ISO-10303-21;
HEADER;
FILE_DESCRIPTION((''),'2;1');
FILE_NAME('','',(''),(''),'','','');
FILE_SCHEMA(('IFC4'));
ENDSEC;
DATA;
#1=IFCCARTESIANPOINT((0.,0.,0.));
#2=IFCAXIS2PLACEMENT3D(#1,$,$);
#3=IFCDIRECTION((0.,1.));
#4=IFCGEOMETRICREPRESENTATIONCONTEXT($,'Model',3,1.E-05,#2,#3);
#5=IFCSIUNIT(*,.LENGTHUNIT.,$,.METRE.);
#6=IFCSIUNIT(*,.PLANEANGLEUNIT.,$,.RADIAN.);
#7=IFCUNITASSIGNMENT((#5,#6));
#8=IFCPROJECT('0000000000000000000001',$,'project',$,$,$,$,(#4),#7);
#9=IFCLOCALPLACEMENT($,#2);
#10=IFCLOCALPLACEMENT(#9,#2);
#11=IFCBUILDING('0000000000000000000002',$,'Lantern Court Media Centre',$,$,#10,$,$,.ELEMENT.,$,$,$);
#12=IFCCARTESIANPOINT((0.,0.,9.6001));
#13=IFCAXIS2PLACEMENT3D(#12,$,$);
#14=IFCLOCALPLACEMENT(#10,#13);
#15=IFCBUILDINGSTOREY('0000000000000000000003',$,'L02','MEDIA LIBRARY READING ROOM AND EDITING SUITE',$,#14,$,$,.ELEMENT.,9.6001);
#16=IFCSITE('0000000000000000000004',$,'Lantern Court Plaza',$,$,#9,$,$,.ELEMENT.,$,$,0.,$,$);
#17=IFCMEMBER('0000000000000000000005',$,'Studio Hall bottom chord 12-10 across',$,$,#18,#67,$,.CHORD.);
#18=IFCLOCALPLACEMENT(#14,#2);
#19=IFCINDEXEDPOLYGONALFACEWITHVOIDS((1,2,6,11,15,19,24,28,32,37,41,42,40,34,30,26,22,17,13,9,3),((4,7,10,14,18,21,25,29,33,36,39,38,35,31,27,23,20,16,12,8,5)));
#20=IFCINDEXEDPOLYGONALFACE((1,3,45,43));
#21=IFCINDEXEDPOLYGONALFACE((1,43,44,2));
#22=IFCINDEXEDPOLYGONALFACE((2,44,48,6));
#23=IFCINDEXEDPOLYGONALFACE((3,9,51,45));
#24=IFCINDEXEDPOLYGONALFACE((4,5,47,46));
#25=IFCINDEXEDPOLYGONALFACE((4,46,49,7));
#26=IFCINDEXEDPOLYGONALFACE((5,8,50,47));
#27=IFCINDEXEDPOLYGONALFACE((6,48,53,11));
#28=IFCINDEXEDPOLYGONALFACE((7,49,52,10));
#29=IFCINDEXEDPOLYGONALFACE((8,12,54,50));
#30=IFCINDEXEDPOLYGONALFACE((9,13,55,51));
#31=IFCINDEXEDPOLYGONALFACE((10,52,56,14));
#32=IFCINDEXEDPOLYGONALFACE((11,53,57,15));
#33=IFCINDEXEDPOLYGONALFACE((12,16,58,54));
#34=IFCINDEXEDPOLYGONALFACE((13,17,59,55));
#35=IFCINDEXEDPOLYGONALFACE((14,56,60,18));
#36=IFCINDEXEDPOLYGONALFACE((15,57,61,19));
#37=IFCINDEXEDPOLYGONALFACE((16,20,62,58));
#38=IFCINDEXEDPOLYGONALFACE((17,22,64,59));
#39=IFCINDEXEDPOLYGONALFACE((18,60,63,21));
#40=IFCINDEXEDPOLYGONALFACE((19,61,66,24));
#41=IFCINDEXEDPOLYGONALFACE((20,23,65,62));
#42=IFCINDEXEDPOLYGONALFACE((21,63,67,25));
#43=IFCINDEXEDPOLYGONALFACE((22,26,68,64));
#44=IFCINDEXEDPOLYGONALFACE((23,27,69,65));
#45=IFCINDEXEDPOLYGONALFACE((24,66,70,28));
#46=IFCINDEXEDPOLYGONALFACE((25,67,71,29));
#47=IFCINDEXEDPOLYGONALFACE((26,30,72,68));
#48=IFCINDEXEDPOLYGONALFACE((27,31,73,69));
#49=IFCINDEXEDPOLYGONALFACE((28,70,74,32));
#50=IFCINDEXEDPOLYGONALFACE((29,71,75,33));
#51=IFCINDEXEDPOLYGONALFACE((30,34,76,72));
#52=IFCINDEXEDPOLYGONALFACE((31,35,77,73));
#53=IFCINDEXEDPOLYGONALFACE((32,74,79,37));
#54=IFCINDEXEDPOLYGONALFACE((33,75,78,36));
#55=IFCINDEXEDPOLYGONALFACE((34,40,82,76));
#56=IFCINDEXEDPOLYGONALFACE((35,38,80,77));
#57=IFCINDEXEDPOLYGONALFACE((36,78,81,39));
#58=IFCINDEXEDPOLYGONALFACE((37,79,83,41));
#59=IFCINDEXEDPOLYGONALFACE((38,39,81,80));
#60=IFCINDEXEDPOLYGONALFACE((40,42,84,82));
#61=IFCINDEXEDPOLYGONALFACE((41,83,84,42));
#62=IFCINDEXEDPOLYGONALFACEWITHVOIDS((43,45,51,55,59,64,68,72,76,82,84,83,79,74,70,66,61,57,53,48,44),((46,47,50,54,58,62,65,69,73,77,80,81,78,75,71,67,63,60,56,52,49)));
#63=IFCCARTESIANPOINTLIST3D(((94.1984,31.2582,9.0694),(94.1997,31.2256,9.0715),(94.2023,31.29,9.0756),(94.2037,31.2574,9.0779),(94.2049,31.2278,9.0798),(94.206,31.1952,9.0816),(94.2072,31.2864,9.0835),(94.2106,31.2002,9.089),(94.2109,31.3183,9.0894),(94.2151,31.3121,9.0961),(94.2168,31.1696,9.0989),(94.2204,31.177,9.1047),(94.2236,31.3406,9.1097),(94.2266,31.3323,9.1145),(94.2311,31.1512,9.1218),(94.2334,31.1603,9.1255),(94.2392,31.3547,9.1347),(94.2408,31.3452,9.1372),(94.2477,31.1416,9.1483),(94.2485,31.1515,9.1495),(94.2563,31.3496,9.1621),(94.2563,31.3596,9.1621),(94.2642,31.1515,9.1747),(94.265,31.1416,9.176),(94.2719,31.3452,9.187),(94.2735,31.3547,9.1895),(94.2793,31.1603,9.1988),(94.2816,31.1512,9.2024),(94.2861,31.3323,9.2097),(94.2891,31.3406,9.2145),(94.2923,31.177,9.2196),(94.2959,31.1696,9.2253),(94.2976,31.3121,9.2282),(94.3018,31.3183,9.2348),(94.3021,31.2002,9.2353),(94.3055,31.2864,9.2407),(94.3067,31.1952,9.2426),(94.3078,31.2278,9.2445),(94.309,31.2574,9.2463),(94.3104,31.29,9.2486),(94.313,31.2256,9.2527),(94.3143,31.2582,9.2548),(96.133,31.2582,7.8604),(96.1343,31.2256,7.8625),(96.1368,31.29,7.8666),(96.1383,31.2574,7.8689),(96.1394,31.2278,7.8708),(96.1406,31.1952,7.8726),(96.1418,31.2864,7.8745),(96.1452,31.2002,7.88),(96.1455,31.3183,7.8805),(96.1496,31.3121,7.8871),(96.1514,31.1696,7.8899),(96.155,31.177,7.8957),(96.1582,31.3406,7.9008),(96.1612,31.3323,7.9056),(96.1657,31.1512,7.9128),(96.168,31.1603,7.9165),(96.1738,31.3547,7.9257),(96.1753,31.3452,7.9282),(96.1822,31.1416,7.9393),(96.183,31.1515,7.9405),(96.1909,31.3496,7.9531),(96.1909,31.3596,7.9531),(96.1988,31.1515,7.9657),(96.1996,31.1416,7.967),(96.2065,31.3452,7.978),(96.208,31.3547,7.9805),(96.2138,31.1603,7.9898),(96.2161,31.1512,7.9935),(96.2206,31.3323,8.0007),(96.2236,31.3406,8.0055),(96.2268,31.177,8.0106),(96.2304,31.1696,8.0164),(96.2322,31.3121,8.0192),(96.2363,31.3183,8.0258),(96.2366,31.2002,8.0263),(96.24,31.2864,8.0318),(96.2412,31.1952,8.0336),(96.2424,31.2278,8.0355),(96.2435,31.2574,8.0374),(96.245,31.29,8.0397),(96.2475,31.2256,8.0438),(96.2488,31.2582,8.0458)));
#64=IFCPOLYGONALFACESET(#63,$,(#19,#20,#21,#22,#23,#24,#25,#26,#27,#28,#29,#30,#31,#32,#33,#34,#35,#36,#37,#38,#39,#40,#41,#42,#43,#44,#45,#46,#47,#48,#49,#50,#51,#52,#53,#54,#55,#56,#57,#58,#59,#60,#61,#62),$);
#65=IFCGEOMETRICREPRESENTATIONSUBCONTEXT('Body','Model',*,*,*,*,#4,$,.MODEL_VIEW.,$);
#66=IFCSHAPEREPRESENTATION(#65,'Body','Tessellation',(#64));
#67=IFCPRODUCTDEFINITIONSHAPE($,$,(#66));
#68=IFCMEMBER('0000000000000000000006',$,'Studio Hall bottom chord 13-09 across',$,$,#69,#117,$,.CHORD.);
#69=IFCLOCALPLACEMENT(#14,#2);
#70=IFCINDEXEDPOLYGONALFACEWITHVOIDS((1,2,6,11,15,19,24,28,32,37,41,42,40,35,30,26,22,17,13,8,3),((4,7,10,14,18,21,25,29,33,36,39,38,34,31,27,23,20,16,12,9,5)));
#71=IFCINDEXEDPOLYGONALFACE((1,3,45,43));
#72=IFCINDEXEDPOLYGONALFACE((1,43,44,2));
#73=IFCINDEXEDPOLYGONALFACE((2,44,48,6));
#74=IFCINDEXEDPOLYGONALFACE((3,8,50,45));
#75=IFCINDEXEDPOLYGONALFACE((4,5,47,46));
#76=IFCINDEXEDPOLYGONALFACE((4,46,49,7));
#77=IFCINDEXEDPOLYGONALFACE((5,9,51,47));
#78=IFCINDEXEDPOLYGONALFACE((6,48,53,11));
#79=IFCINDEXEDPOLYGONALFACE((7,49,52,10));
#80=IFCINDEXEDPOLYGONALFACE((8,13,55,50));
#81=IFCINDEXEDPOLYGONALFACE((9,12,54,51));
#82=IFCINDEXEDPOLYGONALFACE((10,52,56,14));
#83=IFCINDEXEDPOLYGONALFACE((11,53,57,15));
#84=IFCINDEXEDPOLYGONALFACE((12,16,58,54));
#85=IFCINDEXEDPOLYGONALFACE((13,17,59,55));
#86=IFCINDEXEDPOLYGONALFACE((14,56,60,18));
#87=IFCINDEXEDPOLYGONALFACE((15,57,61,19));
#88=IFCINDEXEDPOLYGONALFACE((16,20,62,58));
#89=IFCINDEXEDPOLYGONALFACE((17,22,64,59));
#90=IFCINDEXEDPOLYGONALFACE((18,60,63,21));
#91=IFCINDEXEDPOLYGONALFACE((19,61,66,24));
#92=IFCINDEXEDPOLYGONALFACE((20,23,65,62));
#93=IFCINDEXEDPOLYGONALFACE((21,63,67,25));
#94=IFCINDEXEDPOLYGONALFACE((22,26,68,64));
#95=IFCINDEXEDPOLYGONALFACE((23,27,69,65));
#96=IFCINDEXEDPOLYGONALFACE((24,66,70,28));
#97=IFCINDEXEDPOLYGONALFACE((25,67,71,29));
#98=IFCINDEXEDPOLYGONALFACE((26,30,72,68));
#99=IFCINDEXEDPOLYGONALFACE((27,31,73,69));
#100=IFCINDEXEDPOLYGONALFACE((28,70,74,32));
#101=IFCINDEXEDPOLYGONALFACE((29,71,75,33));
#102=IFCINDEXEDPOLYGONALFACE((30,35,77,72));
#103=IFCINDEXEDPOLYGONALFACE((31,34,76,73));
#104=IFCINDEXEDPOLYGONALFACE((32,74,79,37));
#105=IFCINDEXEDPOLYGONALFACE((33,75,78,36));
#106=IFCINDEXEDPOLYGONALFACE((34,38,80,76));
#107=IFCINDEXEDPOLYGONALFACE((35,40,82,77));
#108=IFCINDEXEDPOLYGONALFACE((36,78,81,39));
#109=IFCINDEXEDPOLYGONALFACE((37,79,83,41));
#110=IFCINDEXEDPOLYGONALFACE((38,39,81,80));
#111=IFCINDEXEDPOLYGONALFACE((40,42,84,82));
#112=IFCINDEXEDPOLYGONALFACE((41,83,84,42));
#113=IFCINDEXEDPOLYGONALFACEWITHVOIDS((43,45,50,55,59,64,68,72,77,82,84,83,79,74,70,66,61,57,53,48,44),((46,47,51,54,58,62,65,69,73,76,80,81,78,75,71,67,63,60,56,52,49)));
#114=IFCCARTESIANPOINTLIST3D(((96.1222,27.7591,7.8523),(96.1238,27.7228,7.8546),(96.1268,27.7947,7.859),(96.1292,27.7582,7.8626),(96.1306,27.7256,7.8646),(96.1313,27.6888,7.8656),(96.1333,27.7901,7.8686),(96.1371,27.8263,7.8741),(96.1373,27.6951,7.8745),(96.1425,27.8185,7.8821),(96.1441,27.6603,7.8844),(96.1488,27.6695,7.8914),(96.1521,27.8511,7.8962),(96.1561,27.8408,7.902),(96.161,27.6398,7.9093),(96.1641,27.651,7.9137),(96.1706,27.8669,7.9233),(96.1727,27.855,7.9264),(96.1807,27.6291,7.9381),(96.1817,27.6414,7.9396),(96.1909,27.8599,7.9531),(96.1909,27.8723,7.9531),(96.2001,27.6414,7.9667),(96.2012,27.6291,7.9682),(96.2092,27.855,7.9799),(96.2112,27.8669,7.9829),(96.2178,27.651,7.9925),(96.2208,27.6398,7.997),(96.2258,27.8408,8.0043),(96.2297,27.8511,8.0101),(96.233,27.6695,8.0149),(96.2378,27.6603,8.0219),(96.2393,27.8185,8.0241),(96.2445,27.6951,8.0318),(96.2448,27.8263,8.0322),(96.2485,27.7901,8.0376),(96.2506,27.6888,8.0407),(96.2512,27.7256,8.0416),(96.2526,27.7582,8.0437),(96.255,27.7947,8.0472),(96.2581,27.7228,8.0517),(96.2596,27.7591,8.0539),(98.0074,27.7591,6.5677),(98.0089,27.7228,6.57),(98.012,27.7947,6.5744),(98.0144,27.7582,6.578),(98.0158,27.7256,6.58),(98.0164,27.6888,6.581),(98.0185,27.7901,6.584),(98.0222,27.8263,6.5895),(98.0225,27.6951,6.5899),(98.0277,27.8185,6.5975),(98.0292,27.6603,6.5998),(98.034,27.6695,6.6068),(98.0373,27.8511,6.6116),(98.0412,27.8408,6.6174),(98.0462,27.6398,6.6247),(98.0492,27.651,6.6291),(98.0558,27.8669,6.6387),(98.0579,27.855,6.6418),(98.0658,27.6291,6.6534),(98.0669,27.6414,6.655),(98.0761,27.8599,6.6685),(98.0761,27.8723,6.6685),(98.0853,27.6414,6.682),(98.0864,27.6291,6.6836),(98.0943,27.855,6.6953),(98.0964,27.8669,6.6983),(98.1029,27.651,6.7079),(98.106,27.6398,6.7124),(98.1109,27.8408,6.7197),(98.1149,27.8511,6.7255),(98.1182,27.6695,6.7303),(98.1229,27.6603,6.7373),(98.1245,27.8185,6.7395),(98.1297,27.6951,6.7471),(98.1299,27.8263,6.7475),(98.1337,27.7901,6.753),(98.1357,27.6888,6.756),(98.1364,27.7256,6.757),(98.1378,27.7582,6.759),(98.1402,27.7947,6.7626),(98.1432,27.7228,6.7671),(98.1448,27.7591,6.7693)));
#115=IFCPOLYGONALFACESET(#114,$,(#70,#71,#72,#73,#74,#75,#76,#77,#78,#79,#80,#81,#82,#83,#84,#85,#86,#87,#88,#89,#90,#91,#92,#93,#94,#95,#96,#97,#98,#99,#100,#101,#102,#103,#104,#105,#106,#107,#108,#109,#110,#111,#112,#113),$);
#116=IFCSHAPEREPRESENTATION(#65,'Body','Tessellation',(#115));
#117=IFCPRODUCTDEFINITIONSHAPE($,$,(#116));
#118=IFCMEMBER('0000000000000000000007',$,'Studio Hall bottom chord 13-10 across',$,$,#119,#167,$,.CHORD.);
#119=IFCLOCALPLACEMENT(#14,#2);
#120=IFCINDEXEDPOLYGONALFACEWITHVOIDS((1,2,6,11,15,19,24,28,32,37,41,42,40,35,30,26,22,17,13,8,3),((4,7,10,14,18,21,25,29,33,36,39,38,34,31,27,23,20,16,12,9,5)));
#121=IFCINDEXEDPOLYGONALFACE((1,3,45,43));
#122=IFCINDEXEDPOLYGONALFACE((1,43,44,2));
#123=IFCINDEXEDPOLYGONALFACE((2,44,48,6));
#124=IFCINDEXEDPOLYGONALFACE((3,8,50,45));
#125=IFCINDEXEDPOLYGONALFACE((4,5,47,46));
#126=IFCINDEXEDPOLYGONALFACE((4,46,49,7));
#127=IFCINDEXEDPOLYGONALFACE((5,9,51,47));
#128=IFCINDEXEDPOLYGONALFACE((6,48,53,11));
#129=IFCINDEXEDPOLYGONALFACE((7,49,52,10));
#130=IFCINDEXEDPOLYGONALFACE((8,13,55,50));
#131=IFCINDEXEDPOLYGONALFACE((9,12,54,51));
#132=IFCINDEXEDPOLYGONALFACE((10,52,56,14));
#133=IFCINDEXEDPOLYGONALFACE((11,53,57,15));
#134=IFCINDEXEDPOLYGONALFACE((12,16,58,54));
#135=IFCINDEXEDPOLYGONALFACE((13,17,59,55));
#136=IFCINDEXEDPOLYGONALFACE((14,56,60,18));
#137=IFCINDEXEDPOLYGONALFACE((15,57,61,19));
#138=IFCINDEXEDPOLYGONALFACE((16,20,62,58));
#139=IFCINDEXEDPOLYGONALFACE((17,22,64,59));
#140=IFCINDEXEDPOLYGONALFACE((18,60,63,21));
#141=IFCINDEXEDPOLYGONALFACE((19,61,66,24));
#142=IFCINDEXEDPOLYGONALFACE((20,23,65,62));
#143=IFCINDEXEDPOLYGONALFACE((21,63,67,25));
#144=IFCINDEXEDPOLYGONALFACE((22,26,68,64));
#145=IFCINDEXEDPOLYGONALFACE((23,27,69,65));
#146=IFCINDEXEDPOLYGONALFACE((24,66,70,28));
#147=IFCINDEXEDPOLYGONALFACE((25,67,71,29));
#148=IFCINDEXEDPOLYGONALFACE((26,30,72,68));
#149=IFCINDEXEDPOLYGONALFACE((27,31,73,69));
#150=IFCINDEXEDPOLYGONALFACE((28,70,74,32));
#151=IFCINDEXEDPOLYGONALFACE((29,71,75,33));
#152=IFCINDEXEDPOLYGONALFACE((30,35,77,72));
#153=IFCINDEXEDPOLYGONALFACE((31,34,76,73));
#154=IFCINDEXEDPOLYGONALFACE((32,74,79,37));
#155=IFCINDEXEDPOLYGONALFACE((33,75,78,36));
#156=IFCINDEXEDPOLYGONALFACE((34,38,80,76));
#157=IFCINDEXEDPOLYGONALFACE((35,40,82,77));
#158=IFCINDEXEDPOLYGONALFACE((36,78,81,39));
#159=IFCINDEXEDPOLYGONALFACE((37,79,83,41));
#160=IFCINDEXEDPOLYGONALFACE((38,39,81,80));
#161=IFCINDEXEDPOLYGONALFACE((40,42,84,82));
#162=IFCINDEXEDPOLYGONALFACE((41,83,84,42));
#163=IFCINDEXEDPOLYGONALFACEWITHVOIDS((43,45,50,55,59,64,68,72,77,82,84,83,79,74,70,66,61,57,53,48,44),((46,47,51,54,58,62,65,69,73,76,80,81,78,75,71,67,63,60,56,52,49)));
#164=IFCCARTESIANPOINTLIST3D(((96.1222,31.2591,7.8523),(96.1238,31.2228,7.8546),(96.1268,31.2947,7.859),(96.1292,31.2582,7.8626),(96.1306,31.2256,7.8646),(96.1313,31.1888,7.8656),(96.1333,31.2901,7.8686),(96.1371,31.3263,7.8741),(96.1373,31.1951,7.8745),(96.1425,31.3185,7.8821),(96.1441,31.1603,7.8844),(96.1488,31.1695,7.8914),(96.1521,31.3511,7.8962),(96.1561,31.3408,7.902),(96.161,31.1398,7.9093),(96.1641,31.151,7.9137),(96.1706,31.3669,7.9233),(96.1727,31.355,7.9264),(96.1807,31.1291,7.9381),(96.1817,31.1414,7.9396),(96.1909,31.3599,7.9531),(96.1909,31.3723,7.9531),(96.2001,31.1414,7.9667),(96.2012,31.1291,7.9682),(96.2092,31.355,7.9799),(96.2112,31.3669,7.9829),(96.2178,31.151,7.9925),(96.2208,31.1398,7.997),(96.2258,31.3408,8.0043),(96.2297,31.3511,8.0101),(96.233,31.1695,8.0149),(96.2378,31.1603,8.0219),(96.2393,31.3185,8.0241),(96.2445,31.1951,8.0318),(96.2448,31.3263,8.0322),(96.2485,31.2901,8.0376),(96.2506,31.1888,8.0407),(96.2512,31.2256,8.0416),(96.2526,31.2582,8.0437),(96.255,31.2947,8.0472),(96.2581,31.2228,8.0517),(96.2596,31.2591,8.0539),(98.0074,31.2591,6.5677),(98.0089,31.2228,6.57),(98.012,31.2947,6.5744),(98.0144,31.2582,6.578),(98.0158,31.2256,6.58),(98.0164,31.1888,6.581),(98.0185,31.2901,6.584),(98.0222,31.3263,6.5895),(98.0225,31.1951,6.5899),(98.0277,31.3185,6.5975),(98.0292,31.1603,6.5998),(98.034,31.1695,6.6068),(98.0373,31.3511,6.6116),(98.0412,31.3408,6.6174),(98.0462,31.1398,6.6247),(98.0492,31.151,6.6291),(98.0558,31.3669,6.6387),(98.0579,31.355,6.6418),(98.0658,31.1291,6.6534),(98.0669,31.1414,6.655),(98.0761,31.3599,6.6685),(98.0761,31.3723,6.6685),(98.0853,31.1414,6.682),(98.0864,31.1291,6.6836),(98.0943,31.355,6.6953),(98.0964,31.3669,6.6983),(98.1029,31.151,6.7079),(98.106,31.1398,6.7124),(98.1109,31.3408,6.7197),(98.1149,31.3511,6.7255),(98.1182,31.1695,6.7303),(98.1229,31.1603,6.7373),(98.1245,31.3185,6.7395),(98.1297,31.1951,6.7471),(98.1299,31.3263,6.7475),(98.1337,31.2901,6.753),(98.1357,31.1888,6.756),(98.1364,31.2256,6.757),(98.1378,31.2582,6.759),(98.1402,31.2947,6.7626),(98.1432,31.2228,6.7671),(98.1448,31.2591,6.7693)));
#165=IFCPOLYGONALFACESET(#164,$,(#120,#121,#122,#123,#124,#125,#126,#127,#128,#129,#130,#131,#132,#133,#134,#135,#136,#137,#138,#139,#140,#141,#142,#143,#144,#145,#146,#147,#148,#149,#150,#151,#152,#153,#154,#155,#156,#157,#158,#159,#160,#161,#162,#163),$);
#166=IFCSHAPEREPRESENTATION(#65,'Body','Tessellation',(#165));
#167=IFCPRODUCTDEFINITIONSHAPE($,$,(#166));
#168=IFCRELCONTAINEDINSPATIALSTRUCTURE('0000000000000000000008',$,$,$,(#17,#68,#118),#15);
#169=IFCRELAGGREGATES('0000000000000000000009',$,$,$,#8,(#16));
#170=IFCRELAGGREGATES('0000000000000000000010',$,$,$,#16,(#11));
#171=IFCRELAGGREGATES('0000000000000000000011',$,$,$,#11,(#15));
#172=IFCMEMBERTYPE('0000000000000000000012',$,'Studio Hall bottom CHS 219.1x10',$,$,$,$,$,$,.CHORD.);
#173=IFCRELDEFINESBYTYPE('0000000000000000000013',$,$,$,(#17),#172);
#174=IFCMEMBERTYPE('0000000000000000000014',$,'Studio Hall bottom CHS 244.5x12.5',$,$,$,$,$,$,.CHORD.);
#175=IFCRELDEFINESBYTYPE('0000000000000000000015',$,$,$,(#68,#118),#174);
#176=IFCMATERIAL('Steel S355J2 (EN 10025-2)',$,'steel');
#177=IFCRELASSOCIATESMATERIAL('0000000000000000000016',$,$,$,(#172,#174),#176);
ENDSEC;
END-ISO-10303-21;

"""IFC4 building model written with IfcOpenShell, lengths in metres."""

from ifc_helpers import new_model, si_unit, direction, frame, origin, origin_2d, place, context, subcontext, project, spatial, hollow_circle, extrude, material, material_profile, profile_set, type_object, element, save


model = new_model("IFC4")

# Units and contexts
model_context = context("Model", 3, precision=1e-05, world=origin(), true_north=direction((0.0, 1.0)))
body_context = subcontext(model_context, "Body", "Model", "MODEL_VIEW")
ifc_project = project(units=[si_unit("LENGTHUNIT", "METRE"), si_unit("PLANEANGLEUNIT", "RADIAN")], contexts=[model_context])

# Site, building, storey
site_placement = place(None, origin())
site = spatial("IfcSite", under=ifc_project, at=site_placement, Name="Lantern Court Plaza", CompositionType="ELEMENT", RefElevation=0.0)
building_placement = place(site_placement, origin())
building = spatial("IfcBuilding", under=site, at=building_placement, Name="Lantern Court Media Centre", CompositionType="ELEMENT")
storey_placement = place(building_placement, frame((0.0, 0.0, 9.6001)))
storey = spatial("IfcBuildingStorey", under=building, at=storey_placement, Name="L02", Description="MEDIA LIBRARY READING ROOM AND EDITING SUITE", CompositionType="ELEMENT", Elevation=9.6001)

# Members
ifc_material = material(Name="Steel S355J2 (EN 10025-2)", Category="steel")
ifc_material_profile_1 = material_profile(ifc_material, hollow_circle(Radius=0.1096, WallThickness=0.01, at=origin_2d()), Name="Studio Hall bottom CHS 219.1x10")
ifc_profile_set_1 = profile_set([ifc_material_profile_1], Name="Steel S355J2 (EN 10025-2)")
member_type_1 = type_object("IfcMemberType", Name="Studio Hall bottom CHS 219.1x10", PredefinedType="CHORD", material=ifc_profile_set_1)
member_1_placement = place(storey_placement, frame((94.2563, 31.25, 9.1621), z_axis=(0.848022, 0.0, -0.52996), x_axis=(0.0, 1.0, 0.0)))
element("IfcMember", 1, at=member_1_placement, inside=storey, type_object=member_type_1, Name="Studio Hall bottom chord 12-10 across", PredefinedType="CHORD", context=body_context, shape_type="SweptSolid", body=[
    extrude(hollow_circle(Radius=0.1096, WallThickness=0.01, at=origin_2d()), origin(), (0.0, 0.0, 1.0), 2.2812),
])
ifc_material_profile_2 = material_profile(ifc_material, hollow_circle(Radius=0.1223, WallThickness=0.0125, at=origin_2d()), Name="Studio Hall bottom CHS 244.5x12.5")
ifc_profile_set_2 = profile_set([ifc_material_profile_2], Name="Steel S355J2 (EN 10025-2)")
member_type_2 = type_object("IfcMemberType", Name="Studio Hall bottom CHS 244.5x12.5", PredefinedType="CHORD", material=ifc_profile_set_2)
for number, where, z_axis, x_axis, name in (
    (2, (96.1909, 27.75, 7.9531), (0.826377, 0.0, -0.563118), (0.0, 1.0, 0.0), "Studio Hall bottom chord 13-09 across"),
    (3, (96.1909, 31.25, 7.9531), (0.826377, 0.0, -0.563118), (0.0, 1.0, 0.0), "Studio Hall bottom chord 13-10 across"),
):
    element("IfcMember", number, at=place(storey_placement, frame(where, z_axis=z_axis, x_axis=x_axis)), inside=storey, type_object=member_type_2, Name=name, PredefinedType="CHORD", context=body_context, shape_type="SweptSolid", body=[
        extrude(hollow_circle(Radius=0.1223, WallThickness=0.0125, at=origin_2d()), origin(), (0.0, 0.0, 1.0), 2.2812),
    ])

save(model, "model.ifc")
